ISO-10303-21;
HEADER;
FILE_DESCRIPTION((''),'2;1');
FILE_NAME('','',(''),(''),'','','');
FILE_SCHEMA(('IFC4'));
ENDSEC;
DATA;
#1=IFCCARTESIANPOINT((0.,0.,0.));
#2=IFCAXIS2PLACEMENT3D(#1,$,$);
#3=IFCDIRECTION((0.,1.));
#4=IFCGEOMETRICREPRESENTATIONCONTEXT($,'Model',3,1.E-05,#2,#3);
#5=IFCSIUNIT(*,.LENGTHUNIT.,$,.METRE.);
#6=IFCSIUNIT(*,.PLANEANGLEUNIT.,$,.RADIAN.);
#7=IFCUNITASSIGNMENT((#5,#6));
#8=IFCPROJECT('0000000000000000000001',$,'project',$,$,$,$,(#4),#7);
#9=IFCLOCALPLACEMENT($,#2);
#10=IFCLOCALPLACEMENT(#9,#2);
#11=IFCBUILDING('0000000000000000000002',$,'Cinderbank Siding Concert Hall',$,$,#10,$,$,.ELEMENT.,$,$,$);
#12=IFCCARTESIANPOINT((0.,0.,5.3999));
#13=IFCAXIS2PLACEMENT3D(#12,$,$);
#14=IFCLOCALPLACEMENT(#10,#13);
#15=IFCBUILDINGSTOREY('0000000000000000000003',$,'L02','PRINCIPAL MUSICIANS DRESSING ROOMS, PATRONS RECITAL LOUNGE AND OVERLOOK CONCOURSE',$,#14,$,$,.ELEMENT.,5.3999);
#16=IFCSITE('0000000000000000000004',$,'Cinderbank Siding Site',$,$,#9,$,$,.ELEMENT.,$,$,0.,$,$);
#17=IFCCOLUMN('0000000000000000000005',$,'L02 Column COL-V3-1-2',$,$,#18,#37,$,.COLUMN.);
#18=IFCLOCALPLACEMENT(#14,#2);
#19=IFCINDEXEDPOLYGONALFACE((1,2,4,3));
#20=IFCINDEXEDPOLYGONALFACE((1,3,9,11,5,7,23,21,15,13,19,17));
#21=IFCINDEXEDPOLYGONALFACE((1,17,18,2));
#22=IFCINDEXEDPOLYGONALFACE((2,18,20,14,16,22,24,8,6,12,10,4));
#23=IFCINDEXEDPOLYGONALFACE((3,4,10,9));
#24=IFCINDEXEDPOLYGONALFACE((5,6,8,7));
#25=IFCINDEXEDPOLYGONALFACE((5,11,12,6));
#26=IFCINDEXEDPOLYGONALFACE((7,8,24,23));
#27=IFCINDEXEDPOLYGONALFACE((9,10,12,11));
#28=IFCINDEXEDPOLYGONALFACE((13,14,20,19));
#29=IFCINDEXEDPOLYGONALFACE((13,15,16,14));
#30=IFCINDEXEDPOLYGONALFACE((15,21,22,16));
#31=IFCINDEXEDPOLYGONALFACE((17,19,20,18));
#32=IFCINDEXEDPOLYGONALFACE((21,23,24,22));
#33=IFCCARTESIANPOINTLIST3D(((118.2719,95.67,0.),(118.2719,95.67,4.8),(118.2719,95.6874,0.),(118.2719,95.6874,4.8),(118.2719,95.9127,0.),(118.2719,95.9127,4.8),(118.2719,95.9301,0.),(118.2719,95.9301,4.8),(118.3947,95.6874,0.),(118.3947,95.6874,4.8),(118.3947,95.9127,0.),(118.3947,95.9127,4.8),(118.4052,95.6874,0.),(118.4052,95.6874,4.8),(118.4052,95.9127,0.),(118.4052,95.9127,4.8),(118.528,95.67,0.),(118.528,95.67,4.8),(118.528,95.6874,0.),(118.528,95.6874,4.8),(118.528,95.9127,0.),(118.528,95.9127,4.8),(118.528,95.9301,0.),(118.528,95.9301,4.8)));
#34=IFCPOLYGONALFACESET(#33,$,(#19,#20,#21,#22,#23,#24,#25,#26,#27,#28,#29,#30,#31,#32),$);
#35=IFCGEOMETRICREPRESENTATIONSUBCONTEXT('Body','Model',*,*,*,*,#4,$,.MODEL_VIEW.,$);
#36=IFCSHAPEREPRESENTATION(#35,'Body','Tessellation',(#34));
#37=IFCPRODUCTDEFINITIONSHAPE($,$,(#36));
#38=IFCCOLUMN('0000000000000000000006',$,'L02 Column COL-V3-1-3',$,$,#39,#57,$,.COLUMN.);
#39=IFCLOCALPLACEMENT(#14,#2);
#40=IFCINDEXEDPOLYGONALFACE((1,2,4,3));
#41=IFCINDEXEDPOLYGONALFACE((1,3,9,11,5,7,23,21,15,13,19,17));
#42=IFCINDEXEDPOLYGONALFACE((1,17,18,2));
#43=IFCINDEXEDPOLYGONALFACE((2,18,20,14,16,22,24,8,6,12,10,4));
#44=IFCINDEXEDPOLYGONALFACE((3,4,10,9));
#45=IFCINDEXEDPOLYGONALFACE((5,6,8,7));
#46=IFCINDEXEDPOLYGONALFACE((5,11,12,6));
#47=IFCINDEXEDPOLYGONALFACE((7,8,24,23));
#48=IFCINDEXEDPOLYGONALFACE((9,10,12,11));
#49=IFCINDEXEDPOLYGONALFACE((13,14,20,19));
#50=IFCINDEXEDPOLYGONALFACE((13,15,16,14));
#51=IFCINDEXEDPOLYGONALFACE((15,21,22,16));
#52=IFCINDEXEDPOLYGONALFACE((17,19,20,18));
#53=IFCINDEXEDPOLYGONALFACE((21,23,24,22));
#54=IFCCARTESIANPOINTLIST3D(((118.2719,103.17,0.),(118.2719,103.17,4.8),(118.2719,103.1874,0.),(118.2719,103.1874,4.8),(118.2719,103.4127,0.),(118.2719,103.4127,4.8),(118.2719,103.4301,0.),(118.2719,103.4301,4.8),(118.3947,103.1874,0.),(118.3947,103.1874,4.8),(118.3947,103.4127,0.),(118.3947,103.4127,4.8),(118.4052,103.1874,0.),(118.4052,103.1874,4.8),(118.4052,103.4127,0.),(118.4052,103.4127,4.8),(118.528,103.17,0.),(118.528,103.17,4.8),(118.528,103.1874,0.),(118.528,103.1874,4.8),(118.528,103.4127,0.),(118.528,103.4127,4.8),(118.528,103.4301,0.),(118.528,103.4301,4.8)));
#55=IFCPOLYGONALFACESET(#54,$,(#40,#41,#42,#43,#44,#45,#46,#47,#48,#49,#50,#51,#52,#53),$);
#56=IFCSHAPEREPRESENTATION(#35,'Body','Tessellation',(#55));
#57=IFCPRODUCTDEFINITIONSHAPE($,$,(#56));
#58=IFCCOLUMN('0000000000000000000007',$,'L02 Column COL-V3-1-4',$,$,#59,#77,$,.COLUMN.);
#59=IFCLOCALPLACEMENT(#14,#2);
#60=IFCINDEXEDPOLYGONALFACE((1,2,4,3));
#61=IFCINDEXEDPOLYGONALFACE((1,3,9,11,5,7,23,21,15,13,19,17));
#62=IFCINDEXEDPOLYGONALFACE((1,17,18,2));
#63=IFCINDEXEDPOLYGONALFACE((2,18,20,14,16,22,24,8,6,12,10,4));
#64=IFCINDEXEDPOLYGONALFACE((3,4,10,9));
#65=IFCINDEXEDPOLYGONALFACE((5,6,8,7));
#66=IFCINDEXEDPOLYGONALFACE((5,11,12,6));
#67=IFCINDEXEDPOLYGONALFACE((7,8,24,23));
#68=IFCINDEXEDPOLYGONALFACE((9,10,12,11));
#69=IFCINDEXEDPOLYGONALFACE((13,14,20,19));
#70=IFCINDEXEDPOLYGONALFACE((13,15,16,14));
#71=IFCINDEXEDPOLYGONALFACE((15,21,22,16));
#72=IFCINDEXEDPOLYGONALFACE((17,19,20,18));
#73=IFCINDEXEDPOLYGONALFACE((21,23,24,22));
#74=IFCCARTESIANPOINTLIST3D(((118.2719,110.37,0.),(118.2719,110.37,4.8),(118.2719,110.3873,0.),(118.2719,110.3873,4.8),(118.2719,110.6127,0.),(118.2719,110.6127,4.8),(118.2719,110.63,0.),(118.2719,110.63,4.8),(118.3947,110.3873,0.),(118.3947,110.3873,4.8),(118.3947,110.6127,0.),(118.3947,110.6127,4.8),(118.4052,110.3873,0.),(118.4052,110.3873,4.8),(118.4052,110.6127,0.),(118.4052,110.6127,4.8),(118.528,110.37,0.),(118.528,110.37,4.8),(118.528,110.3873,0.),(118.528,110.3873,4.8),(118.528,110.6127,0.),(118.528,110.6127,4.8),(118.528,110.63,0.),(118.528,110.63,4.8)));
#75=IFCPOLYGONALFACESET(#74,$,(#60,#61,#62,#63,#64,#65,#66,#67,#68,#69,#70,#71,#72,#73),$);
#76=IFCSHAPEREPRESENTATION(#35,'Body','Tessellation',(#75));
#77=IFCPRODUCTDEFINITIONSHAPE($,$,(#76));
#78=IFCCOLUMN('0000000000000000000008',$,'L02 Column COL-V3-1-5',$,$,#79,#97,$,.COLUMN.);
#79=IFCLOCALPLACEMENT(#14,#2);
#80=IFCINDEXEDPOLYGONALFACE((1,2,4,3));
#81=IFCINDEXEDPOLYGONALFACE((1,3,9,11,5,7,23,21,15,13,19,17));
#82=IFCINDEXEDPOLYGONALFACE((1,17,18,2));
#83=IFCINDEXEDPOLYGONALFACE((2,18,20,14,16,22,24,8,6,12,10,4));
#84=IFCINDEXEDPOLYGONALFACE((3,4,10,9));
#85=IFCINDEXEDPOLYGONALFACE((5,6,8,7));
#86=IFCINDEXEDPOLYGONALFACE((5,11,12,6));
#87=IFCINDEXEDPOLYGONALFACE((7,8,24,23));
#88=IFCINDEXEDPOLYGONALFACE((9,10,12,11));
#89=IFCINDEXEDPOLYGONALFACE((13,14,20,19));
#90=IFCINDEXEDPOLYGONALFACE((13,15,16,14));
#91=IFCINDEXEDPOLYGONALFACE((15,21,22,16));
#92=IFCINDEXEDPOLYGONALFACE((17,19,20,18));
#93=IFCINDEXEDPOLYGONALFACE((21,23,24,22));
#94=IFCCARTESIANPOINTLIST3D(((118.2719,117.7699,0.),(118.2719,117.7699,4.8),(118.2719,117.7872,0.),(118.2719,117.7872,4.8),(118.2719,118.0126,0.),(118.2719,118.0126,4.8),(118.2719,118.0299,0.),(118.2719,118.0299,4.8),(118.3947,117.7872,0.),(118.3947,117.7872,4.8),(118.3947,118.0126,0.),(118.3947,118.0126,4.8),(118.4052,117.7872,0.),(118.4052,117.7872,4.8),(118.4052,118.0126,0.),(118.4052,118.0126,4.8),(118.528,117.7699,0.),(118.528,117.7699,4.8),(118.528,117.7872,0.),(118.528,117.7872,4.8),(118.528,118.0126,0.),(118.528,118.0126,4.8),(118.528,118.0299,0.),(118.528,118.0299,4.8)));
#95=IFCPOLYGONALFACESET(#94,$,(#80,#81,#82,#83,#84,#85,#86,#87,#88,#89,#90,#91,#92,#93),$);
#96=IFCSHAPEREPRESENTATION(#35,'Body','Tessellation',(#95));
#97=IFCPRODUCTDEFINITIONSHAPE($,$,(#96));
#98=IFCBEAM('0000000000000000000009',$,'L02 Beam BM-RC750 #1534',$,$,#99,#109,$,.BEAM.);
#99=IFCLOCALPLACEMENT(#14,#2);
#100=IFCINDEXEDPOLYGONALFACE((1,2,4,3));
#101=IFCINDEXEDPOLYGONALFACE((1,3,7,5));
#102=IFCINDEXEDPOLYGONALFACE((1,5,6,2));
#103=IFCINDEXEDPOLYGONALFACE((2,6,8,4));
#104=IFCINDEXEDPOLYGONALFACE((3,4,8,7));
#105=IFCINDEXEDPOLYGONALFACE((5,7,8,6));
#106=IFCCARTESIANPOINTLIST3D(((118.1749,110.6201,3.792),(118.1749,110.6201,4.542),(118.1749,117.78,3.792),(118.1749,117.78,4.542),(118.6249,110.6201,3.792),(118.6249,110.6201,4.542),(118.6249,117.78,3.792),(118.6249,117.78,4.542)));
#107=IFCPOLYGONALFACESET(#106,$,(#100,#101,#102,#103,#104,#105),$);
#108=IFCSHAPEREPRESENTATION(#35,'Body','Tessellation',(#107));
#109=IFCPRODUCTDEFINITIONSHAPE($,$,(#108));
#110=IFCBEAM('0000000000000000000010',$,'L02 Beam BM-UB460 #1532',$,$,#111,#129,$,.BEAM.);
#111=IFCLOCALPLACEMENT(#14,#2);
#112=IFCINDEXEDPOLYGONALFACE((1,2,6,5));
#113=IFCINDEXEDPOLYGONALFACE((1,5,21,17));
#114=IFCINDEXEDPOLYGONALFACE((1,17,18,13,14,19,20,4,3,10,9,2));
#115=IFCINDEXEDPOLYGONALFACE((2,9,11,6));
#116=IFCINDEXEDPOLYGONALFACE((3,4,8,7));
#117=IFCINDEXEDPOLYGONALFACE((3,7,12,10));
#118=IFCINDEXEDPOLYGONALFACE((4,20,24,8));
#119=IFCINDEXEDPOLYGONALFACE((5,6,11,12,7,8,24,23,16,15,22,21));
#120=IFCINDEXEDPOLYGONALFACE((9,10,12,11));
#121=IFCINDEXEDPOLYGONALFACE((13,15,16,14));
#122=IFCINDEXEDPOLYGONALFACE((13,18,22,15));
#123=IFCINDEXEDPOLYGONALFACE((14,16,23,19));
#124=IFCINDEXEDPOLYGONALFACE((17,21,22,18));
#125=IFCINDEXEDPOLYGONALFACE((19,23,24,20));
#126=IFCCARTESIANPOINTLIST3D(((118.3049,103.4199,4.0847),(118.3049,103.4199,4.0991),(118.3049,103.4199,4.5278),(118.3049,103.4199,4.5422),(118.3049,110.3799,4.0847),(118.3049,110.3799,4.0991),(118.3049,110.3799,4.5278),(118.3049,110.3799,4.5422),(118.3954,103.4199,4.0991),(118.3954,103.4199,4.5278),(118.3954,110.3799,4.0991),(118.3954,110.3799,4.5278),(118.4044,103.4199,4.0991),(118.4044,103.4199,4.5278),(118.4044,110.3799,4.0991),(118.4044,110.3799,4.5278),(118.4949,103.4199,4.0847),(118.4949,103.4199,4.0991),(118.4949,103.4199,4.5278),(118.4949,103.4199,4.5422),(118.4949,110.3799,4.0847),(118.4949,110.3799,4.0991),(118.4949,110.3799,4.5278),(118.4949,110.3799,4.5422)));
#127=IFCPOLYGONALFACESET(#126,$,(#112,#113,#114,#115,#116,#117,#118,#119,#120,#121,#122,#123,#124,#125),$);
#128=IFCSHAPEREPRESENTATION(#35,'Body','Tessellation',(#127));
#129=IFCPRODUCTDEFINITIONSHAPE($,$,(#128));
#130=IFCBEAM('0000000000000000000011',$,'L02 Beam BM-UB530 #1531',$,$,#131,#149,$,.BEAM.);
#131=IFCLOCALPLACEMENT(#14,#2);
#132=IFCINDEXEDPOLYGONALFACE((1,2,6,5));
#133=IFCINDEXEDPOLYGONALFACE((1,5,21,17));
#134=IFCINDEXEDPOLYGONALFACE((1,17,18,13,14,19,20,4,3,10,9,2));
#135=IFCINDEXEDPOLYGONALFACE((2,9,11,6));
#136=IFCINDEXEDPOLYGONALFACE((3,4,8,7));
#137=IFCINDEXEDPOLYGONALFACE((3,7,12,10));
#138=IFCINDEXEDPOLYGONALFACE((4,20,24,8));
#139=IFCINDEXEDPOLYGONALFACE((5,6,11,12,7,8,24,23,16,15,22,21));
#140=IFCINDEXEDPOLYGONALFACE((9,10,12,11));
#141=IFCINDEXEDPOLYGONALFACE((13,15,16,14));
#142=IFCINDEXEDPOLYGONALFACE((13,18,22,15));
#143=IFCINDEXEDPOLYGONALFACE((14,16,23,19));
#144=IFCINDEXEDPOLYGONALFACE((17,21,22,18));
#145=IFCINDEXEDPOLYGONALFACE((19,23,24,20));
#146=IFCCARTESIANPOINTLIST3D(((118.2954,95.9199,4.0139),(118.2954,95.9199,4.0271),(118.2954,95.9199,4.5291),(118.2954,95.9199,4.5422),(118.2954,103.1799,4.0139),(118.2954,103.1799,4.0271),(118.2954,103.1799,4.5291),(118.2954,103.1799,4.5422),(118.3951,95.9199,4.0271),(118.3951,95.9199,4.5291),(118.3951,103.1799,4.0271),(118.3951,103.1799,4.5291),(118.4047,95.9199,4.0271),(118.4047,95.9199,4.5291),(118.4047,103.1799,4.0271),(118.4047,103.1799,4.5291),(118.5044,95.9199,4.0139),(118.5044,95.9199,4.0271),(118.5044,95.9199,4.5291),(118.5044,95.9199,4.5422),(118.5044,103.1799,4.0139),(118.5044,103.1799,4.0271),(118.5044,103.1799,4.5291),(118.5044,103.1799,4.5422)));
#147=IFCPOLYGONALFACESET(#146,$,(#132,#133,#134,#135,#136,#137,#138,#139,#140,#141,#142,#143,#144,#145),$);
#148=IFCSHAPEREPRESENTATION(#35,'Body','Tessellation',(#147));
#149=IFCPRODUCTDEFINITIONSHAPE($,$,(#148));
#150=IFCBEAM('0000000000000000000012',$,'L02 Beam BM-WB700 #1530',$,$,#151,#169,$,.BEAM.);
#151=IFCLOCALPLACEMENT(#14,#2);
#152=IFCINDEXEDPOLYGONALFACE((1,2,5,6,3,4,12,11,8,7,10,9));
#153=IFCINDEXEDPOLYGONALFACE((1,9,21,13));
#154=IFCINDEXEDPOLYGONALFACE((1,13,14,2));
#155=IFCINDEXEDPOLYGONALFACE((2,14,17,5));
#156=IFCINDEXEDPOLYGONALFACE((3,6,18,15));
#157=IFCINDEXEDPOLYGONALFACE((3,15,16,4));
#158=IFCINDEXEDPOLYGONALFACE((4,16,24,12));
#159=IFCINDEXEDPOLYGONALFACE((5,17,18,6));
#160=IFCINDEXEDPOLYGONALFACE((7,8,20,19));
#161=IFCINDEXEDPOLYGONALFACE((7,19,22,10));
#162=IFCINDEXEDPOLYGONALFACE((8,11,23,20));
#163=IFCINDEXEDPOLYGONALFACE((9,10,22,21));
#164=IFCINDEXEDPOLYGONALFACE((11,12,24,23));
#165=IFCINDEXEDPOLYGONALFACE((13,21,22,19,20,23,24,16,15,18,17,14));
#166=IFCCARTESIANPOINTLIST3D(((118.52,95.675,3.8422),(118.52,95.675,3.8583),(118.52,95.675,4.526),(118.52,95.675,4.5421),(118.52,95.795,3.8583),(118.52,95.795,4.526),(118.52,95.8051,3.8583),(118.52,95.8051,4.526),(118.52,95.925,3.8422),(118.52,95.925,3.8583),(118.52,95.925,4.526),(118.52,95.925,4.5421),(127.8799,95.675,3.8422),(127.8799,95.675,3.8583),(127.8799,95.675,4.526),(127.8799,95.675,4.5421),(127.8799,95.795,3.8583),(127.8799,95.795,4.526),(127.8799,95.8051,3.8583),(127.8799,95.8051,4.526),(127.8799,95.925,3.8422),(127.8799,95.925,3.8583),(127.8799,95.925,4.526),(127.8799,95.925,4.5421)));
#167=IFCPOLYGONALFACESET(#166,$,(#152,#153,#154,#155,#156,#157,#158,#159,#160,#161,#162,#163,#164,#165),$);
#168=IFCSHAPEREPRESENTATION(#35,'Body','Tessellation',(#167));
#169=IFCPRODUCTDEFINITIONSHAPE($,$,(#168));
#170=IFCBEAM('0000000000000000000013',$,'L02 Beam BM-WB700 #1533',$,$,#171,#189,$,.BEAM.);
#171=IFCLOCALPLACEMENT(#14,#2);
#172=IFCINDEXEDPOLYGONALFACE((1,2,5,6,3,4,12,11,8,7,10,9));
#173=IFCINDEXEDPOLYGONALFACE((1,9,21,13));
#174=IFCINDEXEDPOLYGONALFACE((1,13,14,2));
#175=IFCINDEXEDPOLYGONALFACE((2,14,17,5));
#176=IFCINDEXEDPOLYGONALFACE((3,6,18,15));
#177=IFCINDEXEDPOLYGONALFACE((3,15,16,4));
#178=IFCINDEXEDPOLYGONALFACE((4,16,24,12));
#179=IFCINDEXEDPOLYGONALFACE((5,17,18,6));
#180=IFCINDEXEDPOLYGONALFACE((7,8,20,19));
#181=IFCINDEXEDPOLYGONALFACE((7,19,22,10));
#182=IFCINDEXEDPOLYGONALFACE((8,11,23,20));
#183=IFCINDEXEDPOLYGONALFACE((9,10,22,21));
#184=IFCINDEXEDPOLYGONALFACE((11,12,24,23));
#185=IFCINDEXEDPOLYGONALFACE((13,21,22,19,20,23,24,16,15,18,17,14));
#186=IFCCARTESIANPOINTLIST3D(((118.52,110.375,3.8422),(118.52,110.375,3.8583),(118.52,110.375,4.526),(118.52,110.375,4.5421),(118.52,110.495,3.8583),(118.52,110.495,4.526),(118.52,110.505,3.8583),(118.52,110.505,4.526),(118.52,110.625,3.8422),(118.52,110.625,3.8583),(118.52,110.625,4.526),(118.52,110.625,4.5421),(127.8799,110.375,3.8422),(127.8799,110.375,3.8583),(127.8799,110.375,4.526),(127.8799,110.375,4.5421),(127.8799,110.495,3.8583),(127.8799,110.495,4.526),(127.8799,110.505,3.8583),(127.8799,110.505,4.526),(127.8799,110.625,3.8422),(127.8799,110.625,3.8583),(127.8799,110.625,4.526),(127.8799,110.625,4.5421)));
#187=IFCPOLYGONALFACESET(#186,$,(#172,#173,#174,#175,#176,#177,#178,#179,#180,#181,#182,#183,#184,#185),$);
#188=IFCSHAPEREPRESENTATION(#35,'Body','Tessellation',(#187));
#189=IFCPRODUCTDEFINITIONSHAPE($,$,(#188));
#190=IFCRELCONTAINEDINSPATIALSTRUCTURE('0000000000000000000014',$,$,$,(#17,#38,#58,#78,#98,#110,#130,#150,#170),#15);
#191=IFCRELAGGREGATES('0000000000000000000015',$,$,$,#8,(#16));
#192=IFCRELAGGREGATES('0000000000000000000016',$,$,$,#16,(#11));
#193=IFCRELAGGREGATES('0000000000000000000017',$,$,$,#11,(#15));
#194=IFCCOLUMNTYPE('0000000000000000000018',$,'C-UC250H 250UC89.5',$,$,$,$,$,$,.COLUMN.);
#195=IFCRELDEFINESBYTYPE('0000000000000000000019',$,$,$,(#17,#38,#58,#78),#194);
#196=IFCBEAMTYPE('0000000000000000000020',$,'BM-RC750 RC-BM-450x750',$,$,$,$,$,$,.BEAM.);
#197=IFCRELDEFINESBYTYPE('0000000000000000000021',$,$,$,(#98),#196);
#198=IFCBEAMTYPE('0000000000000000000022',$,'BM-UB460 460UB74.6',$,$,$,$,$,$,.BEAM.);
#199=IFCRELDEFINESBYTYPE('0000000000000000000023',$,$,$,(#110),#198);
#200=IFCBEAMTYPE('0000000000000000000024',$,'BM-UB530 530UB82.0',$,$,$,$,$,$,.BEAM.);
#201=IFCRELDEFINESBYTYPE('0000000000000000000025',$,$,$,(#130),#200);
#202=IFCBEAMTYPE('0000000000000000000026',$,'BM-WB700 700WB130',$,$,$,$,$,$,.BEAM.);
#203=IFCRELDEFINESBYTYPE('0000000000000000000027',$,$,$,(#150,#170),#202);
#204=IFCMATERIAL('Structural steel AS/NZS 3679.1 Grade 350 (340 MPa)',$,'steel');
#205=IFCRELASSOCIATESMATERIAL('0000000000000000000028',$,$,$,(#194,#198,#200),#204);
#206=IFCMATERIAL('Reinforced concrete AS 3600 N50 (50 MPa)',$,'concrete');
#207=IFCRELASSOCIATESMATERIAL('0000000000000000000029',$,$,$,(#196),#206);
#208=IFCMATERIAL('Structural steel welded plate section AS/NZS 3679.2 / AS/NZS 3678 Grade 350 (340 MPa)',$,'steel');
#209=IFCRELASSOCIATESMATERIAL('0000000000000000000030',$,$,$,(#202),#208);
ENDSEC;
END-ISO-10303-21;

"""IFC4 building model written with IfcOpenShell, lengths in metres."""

from ifc_helpers import new_model, si_unit, direction, frame, origin, origin_2d, place, context, subcontext, project, spatial, rectangle, i_section, extrude, material, material_profile, profile_set, type_object, element, save


model = new_model("IFC4")

# Units and contexts
model_context = context("Model", 3, precision=1e-05, world=origin(), true_north=direction((0.0, 1.0)))
body_context = subcontext(model_context, "Body", "Model", "MODEL_VIEW")
ifc_project = project(units=[si_unit("LENGTHUNIT", "METRE"), si_unit("PLANEANGLEUNIT", "RADIAN")], contexts=[model_context])

# Site, building, storey
site_placement = place(None, origin())
site = spatial("IfcSite", under=ifc_project, at=site_placement, Name="Cinderbank Siding Site", CompositionType="ELEMENT", RefElevation=0.0)
building_placement = place(site_placement, origin())
building = spatial("IfcBuilding", under=site, at=building_placement, Name="Cinderbank Siding Concert Hall", CompositionType="ELEMENT")
storey_placement = place(building_placement, frame((0.0, 0.0, 5.3999)))
storey = spatial("IfcBuildingStorey", under=building, at=storey_placement, Name="L02", Description="PRINCIPAL MUSICIANS DRESSING ROOMS, PATRONS RECITAL LOUNGE AND OVERLOOK CONCOURSE", CompositionType="ELEMENT", Elevation=5.3999)

# Columns
ifc_material_1 = material(Name="Structural steel AS/NZS 3679.1 Grade 350 (340 MPa)", Category="steel")
ifc_material_profile_1 = material_profile(ifc_material_1, i_section(OverallWidth=0.2561, OverallDepth=0.26, WebThickness=0.0105, FlangeThickness=0.0173, at=origin_2d()), Name="250UC89.5", Category="LoadBearing")
ifc_profile_set_1 = profile_set([ifc_material_profile_1], Name="Structural steel AS/NZS 3679.1 Grade 350 (340 MPa)")
column_type = type_object("IfcColumnType", Name="C-UC250H 250UC89.5", PredefinedType="COLUMN", material=ifc_profile_set_1)
for number, where, z_axis, x_axis, name in (
    (1, (118.3999, 95.8, 0.0), (0.0, 0.0, 1.0), (1.0, 0.0, 0.0), "L02 Column COL-V3-1-2"),
    (2, (118.3999, 103.3, 0.0), (0.0, 0.0, 1.0), (1.0, 0.0, 0.0), "L02 Column COL-V3-1-3"),
    (3, (118.3999, 110.5, 0.0), (0.0, 0.0, 1.0), (1.0, 0.0, 0.0), "L02 Column COL-V3-1-4"),
    (4, (118.3999, 117.8999, 0.0), (0.0, 0.0, 1.0), (1.0, 0.0, 0.0), "L02 Column COL-V3-1-5"),
):
    element("IfcColumn", number, at=place(storey_placement, frame(where, z_axis=z_axis, x_axis=x_axis)), inside=storey, type_object=column_type, Name=name, PredefinedType="COLUMN", context=body_context, shape_type="SweptSolid", body=[
        extrude(i_section(OverallWidth=0.2561, OverallDepth=0.26, WebThickness=0.0105, FlangeThickness=0.0173, at=origin_2d()), origin(), (0.0, 0.0, 1.0), 4.8),
    ])

# Beams
ifc_material_2 = material(Name="Reinforced concrete AS 3600 N50 (50 MPa)", Category="concrete")
ifc_material_profile_2 = material_profile(ifc_material_2, rectangle(XDim=0.45, YDim=0.75, at=origin_2d()), Name="RC-BM-450x750", Category="LoadBearing")
ifc_profile_set_2 = profile_set([ifc_material_profile_2], Name="Reinforced concrete AS 3600 N50 (50 MPa)")
beam_type_1 = type_object("IfcBeamType", Name="BM-RC750 RC-BM-450x750", PredefinedType="BEAM", material=ifc_profile_set_2)
beam_1_placement = place(storey_placement, frame((118.3999, 110.6201, 4.167), z_axis=(0.0, 1.0, 0.0), x_axis=(-1.0, 0.0, 0.0)))
element("IfcBeam", 5, at=beam_1_placement, inside=storey, type_object=beam_type_1, Name="L02 Beam BM-RC750 #1534", PredefinedType="BEAM", context=body_context, shape_type="SweptSolid", body=[
    extrude(rectangle(XDim=0.45, YDim=0.75, at=origin_2d()), origin(), (0.0, 0.0, 1.0), 7.1599),
])
ifc_material_profile_3 = material_profile(ifc_material_1, i_section(OverallWidth=0.1899, OverallDepth=0.4575, WebThickness=0.009, FlangeThickness=0.0144, at=origin_2d()), Name="460UB74.6", Category="LoadBearing")
ifc_profile_set_3 = profile_set([ifc_material_profile_3], Name="Structural steel AS/NZS 3679.1 Grade 350 (340 MPa)")
beam_type_2 = type_object("IfcBeamType", Name="BM-UB460 460UB74.6", PredefinedType="BEAM", material=ifc_profile_set_3)
beam_2_placement = place(storey_placement, frame((118.3999, 103.4199, 4.3135), z_axis=(0.0, 1.0, 0.0), x_axis=(-1.0, 0.0, 0.0)))
element("IfcBeam", 6, at=beam_2_placement, inside=storey, type_object=beam_type_2, Name="L02 Beam BM-UB460 #1532", PredefinedType="BEAM", context=body_context, shape_type="SweptSolid", body=[
    extrude(i_section(OverallWidth=0.1899, OverallDepth=0.4575, WebThickness=0.009, FlangeThickness=0.0144, at=origin_2d()), origin(), (0.0, 0.0, 1.0), 6.96),
])
ifc_material_profile_4 = material_profile(ifc_material_1, i_section(OverallWidth=0.209, OverallDepth=0.5283, WebThickness=0.0095, FlangeThickness=0.0132, at=origin_2d()), Name="530UB82.0", Category="LoadBearing")
ifc_profile_set_4 = profile_set([ifc_material_profile_4], Name="Structural steel AS/NZS 3679.1 Grade 350 (340 MPa)")
beam_type_3 = type_object("IfcBeamType", Name="BM-UB530 530UB82.0", PredefinedType="BEAM", material=ifc_profile_set_4)
beam_3_placement = place(storey_placement, frame((118.3999, 95.9199, 4.2781), z_axis=(0.0, 1.0, 0.0), x_axis=(-1.0, 0.0, 0.0)))
element("IfcBeam", 7, at=beam_3_placement, inside=storey, type_object=beam_type_3, Name="L02 Beam BM-UB530 #1531", PredefinedType="BEAM", context=body_context, shape_type="SweptSolid", body=[
    extrude(i_section(OverallWidth=0.209, OverallDepth=0.5283, WebThickness=0.0095, FlangeThickness=0.0132, at=origin_2d()), origin(), (0.0, 0.0, 1.0), 7.26),
])
ifc_material_3 = material(Name="Structural steel welded plate section AS/NZS 3679.2 / AS/NZS 3678 Grade 350 (340 MPa)", Category="steel")
ifc_material_profile_5 = material_profile(ifc_material_3, i_section(OverallWidth=0.25, OverallDepth=0.7, WebThickness=0.01, FlangeThickness=0.0161, at=origin_2d()), Name="700WB130", Category="LoadBearing")
ifc_profile_set_5 = profile_set([ifc_material_profile_5], Name="Structural steel welded plate section AS/NZS 3679.2 / AS/NZS 3678 Grade 350 (340 MPa)")
beam_type_4 = type_object("IfcBeamType", Name="BM-WB700 700WB130", PredefinedType="BEAM", material=ifc_profile_set_5)
for number, where, z_axis, x_axis, name in (
    (8, (118.52, 95.8, 4.1921), (1.0, 0.0, 0.0), (0.0, 1.0, 0.0), "L02 Beam BM-WB700 #1530"),
    (9, (118.52, 110.5, 4.1921), (1.0, 0.0, 0.0), (0.0, 1.0, 0.0), "L02 Beam BM-WB700 #1533"),
):
    element("IfcBeam", number, at=place(storey_placement, frame(where, z_axis=z_axis, x_axis=x_axis)), inside=storey, type_object=beam_type_4, Name=name, PredefinedType="BEAM", context=body_context, shape_type="SweptSolid", body=[
        extrude(i_section(OverallWidth=0.25, OverallDepth=0.7, WebThickness=0.01, FlangeThickness=0.0161, at=origin_2d()), origin(), (0.0, 0.0, 1.0), 9.3599),
    ])

save(model, "model.ifc")
